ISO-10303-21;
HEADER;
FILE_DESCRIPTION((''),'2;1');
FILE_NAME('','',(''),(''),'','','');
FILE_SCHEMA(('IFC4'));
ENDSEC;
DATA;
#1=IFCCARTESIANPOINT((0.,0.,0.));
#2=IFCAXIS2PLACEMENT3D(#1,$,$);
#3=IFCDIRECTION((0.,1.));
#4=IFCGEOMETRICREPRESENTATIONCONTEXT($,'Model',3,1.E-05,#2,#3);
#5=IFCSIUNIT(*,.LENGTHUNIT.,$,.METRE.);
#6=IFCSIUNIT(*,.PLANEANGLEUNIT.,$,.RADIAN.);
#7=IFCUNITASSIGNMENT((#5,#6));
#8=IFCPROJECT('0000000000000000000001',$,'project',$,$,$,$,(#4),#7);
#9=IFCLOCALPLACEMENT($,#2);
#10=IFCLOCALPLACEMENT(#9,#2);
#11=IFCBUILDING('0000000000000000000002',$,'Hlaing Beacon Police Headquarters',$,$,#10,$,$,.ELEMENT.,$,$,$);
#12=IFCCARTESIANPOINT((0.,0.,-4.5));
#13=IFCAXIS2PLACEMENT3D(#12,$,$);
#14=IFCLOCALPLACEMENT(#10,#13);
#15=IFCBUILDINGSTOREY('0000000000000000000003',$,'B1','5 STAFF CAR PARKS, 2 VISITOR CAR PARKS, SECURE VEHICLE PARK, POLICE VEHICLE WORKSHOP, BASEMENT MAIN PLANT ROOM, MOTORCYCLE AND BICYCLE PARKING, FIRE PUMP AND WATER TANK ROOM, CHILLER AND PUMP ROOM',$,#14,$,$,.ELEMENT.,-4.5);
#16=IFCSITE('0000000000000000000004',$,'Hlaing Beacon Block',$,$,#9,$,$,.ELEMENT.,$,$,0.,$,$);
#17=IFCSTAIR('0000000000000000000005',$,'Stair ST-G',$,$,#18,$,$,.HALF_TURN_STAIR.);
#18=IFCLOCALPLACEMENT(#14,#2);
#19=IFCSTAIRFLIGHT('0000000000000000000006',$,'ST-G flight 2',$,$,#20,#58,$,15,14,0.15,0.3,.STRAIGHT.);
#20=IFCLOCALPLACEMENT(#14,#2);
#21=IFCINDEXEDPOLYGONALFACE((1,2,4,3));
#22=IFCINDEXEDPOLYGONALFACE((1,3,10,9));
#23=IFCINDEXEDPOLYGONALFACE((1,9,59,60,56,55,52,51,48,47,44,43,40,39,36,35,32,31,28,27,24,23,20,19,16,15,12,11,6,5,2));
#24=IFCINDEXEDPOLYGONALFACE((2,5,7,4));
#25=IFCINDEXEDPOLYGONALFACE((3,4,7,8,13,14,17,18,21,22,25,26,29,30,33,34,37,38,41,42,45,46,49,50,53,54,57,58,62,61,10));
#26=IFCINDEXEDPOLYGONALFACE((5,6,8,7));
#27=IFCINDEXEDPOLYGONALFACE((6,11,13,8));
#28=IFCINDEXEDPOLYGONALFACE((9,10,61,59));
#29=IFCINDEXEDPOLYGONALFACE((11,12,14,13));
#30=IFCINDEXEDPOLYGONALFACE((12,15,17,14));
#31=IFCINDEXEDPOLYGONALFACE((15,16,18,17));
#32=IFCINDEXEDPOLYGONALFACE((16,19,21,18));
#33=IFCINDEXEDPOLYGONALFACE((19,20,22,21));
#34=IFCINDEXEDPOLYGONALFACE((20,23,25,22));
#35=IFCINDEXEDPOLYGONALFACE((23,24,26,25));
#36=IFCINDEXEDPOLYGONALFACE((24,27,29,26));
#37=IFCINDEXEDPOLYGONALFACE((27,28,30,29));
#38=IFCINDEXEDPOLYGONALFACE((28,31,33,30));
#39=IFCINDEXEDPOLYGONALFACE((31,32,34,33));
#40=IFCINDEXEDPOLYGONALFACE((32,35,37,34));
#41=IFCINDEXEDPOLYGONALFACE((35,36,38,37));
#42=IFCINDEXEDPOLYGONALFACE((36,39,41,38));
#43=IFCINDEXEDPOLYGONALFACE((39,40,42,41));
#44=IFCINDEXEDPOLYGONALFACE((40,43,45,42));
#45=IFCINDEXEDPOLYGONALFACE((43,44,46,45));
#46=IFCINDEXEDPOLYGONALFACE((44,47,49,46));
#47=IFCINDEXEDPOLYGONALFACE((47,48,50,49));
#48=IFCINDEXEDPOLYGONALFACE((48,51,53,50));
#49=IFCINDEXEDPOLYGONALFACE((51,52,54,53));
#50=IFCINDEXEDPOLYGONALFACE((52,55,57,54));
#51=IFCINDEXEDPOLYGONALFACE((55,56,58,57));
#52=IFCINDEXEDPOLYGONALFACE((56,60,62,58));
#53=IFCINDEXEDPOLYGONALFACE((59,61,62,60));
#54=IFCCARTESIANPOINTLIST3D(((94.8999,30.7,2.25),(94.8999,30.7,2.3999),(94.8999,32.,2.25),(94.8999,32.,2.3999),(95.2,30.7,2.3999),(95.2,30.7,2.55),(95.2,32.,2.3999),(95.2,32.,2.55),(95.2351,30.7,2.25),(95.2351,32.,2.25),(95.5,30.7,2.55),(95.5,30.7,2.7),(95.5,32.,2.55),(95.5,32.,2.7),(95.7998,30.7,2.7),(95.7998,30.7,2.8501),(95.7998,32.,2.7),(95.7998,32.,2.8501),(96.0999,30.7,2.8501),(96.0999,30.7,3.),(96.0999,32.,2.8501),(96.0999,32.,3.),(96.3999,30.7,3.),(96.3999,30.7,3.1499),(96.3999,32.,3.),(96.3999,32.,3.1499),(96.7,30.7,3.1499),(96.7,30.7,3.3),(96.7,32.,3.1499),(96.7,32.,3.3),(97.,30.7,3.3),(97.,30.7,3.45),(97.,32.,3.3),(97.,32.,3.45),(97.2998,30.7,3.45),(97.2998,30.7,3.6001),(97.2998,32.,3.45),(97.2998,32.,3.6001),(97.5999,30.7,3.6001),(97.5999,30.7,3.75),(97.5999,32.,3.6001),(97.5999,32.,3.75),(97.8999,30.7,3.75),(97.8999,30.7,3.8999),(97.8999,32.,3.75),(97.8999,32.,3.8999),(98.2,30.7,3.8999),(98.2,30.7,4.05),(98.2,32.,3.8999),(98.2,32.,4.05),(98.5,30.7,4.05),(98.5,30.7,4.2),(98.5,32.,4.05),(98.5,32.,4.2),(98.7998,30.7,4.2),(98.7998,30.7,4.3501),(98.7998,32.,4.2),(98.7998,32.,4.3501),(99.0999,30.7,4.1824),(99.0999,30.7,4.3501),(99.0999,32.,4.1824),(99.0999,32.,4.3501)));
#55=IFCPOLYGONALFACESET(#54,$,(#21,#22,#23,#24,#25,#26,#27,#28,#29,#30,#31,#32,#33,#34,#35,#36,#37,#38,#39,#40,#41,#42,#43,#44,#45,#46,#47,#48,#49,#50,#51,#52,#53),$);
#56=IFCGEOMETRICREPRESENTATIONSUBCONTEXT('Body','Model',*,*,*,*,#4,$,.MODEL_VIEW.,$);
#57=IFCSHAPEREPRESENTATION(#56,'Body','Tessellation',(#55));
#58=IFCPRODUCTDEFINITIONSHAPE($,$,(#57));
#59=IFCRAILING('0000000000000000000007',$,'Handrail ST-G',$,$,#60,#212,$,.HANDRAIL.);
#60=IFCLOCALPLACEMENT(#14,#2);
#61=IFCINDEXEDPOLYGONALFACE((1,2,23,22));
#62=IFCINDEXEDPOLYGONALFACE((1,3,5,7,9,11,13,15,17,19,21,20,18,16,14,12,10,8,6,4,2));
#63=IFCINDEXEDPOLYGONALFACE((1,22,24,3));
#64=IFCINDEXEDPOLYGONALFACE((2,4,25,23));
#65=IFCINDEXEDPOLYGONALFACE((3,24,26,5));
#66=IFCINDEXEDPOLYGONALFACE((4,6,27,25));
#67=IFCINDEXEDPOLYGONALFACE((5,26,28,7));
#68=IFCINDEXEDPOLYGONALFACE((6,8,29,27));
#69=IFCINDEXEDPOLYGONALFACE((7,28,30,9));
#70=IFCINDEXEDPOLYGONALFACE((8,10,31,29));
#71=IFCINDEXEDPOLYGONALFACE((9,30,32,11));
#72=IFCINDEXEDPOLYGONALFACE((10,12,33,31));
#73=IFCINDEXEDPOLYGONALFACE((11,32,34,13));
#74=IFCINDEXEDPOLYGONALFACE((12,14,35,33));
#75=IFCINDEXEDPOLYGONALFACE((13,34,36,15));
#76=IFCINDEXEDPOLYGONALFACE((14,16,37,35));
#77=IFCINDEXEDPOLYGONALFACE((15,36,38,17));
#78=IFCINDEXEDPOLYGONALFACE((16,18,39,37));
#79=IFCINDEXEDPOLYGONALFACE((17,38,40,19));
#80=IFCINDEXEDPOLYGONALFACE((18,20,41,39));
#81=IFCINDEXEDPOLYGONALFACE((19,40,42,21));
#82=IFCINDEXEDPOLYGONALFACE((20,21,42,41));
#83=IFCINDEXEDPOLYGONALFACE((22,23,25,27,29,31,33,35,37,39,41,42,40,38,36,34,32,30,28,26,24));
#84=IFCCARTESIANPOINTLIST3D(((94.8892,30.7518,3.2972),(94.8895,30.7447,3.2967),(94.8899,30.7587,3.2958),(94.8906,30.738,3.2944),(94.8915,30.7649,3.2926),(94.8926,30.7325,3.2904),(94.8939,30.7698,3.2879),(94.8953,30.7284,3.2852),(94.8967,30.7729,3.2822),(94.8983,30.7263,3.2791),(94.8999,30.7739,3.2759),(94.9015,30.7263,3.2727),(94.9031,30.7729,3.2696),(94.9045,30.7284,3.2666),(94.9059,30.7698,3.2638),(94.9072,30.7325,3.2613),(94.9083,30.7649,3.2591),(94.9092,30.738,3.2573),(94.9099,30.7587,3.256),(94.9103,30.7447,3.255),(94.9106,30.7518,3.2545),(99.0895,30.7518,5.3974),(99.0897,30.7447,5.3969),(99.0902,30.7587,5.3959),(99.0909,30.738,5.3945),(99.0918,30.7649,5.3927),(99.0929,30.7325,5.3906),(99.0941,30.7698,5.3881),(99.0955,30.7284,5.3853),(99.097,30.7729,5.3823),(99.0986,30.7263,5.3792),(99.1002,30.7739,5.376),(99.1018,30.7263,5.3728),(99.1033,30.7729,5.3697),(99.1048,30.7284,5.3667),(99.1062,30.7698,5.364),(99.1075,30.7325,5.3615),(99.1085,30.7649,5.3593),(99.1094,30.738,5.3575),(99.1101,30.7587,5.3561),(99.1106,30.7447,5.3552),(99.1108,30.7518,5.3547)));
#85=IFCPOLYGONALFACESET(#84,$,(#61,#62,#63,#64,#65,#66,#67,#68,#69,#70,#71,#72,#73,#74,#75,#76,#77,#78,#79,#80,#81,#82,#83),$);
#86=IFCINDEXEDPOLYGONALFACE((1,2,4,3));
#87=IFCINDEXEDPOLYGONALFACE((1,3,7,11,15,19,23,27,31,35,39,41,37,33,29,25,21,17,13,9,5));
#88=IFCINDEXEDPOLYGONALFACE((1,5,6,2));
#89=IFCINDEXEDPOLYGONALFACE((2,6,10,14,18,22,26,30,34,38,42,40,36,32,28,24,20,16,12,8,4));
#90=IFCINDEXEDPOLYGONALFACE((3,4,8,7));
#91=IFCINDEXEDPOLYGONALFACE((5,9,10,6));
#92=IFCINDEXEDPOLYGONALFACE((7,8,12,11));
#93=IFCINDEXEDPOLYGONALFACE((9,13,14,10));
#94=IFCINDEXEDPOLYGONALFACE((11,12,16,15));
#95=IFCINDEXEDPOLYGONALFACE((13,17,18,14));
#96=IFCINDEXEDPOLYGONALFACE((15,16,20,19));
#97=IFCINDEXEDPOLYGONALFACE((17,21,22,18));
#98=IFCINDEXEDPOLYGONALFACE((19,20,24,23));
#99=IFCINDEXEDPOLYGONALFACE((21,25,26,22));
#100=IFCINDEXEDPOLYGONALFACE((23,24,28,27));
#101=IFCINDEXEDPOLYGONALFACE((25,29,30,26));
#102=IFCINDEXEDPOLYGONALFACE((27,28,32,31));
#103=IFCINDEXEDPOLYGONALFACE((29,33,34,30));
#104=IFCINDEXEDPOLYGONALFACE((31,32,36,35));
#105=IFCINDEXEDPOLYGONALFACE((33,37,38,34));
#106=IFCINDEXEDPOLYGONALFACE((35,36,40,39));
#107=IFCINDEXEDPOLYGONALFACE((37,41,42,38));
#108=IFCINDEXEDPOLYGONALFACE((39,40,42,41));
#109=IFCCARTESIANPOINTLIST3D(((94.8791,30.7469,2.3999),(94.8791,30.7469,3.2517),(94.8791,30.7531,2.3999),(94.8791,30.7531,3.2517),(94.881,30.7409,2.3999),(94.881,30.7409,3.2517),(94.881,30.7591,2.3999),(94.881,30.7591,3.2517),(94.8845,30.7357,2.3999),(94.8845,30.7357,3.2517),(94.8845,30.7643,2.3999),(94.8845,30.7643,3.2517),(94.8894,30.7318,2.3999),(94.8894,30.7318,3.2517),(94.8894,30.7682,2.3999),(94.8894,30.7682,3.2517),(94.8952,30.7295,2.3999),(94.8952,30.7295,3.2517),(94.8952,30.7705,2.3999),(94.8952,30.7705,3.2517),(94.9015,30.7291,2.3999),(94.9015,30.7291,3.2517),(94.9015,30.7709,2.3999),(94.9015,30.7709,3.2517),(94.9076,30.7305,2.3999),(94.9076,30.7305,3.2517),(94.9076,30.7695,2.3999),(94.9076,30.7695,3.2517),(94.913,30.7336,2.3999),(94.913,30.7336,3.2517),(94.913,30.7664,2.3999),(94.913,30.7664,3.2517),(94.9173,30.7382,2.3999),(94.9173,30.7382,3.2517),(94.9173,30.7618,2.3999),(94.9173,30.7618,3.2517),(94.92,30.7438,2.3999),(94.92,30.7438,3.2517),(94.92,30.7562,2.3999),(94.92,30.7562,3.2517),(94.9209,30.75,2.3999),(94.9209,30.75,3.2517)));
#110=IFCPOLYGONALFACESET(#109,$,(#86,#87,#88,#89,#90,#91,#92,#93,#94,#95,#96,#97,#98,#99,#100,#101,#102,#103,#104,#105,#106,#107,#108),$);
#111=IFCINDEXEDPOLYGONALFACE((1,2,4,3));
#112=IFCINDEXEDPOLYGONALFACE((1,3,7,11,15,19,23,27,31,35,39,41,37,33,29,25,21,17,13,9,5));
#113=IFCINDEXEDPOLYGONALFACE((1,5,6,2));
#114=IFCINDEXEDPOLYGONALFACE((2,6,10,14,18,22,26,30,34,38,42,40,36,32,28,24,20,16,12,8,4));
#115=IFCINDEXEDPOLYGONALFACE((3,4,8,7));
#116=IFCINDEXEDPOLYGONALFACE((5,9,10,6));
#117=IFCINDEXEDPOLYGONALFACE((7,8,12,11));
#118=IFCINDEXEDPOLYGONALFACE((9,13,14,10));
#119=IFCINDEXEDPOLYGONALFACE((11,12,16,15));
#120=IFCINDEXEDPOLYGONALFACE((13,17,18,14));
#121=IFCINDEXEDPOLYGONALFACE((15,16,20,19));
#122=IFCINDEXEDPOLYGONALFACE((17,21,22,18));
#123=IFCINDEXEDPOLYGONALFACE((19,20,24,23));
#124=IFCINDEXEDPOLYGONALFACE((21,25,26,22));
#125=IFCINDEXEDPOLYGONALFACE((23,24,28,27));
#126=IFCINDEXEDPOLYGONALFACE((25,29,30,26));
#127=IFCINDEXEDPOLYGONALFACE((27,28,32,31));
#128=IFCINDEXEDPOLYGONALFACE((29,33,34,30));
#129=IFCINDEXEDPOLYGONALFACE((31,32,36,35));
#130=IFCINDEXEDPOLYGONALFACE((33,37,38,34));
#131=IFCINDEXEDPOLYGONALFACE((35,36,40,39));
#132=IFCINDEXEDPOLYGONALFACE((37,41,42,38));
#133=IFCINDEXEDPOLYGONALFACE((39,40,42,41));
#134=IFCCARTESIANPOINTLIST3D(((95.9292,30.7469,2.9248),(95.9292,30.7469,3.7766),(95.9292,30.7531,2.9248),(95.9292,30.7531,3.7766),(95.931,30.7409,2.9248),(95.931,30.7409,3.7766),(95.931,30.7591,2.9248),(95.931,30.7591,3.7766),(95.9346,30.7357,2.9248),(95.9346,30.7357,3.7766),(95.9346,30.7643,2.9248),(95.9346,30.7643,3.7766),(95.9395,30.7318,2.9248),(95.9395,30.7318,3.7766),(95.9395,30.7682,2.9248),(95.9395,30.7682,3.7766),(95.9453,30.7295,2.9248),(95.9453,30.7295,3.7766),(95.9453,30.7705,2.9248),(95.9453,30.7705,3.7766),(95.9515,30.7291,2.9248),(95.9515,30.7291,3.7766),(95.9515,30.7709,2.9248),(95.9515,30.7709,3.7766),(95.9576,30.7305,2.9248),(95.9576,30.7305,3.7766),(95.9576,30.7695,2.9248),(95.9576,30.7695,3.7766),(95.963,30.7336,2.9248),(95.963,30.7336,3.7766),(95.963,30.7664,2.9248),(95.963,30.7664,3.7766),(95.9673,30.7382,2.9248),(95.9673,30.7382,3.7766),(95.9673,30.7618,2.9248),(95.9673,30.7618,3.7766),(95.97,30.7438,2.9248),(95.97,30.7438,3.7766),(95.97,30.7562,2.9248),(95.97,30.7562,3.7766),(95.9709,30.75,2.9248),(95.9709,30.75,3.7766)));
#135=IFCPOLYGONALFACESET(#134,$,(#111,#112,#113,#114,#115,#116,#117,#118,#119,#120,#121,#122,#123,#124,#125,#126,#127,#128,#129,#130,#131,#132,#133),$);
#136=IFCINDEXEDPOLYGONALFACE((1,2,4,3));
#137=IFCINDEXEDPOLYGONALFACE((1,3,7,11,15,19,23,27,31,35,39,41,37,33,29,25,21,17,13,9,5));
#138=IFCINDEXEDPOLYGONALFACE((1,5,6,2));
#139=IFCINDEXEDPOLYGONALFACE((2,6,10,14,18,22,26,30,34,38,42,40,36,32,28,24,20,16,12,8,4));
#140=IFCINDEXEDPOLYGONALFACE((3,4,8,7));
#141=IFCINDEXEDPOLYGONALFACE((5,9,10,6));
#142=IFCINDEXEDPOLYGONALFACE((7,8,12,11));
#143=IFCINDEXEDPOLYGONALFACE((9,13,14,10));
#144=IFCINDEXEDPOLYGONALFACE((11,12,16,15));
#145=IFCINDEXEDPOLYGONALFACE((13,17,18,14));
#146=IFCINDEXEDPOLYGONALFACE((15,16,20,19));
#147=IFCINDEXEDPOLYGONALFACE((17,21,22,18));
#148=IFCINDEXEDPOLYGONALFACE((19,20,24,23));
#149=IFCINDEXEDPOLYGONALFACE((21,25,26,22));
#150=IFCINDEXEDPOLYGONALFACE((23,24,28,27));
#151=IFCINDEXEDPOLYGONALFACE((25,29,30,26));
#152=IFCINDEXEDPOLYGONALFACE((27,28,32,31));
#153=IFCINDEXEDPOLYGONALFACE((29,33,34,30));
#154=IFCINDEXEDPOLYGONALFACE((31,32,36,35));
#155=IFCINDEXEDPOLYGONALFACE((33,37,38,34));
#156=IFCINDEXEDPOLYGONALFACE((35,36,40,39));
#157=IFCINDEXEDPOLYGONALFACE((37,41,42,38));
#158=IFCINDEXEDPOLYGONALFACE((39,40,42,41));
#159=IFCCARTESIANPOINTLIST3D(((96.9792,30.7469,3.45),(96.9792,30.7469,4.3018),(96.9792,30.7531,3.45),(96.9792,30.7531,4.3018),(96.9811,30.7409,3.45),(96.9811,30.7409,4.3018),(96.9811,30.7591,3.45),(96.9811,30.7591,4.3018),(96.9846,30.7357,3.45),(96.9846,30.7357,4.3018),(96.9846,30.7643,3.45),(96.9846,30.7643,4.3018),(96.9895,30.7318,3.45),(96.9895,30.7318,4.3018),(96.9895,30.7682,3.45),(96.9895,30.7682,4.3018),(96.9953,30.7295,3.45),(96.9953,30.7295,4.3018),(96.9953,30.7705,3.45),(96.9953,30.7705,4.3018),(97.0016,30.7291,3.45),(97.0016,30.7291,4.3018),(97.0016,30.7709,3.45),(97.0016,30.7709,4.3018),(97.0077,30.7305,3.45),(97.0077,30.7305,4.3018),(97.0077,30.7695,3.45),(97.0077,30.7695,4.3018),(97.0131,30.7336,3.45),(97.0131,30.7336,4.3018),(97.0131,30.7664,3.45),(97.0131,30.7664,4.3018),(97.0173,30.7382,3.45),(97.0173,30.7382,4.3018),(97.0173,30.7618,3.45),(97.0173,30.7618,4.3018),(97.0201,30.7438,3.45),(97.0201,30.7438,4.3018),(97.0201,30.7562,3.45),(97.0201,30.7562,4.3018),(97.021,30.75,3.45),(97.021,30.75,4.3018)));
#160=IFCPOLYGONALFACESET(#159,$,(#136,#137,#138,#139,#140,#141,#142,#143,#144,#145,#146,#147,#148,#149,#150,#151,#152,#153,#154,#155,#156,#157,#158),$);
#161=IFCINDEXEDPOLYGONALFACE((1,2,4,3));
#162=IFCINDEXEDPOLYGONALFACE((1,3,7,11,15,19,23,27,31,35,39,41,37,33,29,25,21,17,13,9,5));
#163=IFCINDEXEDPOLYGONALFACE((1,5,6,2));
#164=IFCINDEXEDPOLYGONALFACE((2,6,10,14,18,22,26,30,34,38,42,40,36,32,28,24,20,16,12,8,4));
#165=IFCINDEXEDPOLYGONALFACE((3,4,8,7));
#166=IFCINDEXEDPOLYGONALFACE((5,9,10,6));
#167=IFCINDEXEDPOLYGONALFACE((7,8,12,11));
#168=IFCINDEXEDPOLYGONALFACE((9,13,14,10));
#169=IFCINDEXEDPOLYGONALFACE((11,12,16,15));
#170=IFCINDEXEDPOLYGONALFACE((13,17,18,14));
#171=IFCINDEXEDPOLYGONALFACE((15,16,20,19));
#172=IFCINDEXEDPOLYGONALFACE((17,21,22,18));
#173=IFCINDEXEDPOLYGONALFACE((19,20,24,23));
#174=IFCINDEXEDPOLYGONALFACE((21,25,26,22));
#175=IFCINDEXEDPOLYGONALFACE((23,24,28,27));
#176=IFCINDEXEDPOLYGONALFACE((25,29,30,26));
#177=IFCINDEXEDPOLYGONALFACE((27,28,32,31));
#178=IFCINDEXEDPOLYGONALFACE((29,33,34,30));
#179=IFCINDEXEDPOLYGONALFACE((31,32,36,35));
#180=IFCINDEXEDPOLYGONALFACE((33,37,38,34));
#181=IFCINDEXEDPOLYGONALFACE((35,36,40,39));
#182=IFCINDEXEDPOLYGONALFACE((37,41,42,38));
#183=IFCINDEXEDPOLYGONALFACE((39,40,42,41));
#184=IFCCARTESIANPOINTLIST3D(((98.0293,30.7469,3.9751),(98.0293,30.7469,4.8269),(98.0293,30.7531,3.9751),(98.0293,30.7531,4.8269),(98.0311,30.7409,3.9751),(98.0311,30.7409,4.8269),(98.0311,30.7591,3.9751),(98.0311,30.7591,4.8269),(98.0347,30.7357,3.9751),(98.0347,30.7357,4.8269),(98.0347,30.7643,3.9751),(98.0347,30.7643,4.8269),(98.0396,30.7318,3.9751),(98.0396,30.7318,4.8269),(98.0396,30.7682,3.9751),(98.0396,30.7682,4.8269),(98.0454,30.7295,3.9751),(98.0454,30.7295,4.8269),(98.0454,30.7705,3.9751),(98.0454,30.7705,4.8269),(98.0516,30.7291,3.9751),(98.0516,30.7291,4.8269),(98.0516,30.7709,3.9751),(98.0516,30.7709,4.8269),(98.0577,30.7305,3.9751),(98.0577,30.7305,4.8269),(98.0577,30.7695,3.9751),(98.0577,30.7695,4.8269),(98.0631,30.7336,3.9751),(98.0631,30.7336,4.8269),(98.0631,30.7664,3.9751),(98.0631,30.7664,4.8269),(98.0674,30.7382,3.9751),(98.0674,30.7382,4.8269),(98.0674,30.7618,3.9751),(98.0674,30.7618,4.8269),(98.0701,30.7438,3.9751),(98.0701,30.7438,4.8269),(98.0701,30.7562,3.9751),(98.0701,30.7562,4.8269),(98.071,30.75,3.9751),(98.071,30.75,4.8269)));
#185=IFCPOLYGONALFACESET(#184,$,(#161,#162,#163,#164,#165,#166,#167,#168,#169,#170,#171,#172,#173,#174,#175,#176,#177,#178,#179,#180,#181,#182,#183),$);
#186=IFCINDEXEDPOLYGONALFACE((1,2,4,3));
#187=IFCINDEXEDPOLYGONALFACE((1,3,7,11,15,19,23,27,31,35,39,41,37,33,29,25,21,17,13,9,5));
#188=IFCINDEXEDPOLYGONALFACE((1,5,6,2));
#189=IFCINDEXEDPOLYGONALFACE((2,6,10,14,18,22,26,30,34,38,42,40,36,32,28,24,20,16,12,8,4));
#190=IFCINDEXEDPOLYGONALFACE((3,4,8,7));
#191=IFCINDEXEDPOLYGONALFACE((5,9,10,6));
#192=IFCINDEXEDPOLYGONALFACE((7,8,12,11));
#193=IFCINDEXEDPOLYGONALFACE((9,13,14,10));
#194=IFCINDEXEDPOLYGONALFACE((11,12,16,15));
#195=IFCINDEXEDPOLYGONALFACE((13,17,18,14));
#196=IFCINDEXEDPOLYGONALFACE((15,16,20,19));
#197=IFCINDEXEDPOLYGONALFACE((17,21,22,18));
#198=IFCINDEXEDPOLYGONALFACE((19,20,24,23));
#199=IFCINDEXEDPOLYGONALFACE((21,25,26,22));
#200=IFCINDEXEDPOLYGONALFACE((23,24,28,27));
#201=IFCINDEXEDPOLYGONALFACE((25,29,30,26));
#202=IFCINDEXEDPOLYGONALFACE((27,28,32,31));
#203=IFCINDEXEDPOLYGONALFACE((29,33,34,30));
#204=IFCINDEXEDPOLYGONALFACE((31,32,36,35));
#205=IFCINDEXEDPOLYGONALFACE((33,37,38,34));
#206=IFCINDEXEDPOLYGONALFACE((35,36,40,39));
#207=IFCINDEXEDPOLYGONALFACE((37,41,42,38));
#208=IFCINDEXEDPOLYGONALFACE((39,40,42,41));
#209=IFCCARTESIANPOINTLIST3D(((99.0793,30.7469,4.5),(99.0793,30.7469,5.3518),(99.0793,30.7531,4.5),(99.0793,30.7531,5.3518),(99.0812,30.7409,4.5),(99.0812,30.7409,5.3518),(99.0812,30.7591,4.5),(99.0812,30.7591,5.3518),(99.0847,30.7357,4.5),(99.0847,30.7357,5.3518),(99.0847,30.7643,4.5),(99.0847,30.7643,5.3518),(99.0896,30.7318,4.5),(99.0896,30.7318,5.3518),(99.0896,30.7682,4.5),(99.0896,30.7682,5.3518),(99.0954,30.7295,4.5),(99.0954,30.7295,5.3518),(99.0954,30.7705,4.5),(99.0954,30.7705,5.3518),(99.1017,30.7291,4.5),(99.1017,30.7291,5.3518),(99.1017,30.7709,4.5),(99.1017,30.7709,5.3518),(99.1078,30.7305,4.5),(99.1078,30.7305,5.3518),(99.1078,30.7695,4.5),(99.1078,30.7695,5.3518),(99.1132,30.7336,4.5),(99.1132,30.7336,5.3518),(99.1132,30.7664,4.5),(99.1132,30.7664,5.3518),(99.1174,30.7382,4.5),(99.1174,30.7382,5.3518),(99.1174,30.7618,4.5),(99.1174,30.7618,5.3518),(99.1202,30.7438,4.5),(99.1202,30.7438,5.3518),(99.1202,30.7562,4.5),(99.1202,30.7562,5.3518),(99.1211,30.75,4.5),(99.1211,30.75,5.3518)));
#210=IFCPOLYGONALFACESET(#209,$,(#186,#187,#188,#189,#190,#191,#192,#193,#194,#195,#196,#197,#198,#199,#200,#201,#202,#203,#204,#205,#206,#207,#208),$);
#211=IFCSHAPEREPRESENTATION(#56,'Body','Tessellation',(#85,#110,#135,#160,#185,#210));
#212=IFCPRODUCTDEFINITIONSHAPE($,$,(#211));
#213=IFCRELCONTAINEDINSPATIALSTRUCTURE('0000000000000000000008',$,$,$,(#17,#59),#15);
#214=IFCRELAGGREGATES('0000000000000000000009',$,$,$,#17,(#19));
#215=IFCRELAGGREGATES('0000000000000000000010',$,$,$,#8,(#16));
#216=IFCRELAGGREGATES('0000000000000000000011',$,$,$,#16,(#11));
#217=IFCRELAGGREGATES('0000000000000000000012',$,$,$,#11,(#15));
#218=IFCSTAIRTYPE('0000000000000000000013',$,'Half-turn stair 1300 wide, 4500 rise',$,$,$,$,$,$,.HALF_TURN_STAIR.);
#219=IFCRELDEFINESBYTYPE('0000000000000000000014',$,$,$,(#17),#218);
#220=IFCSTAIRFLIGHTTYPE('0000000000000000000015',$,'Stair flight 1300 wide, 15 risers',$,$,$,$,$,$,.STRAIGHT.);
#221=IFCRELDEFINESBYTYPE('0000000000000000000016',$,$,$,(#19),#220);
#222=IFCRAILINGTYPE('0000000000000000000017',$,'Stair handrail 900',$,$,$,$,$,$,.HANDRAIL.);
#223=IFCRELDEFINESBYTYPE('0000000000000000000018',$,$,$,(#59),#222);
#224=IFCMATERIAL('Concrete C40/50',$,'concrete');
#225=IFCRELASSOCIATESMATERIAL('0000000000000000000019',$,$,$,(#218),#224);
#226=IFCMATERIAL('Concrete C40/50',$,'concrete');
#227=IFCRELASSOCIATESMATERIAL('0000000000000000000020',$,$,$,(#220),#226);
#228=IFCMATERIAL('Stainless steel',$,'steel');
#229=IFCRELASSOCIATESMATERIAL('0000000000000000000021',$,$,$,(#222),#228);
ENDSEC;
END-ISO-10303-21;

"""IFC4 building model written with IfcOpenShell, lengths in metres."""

from ifc_helpers import new_model, si_unit, direction, frame, origin, origin_2d, place, context, subcontext, project, spatial, polyline, circle, outline, extrude, material, type_object, element, aggregate, save


model = new_model("IFC4")

# Units and contexts
model_context = context("Model", 3, precision=1e-05, world=origin(), true_north=direction((0.0, 1.0)))
body_context = subcontext(model_context, "Body", "Model", "MODEL_VIEW")
ifc_project = project(units=[si_unit("LENGTHUNIT", "METRE"), si_unit("PLANEANGLEUNIT", "RADIAN")], contexts=[model_context])

# Site, building, storey
site_placement = place(None, origin())
site = spatial("IfcSite", under=ifc_project, at=site_placement, Name="Hlaing Beacon Block", CompositionType="ELEMENT", RefElevation=0.0)
building_placement = place(site_placement, origin())
building = spatial("IfcBuilding", under=site, at=building_placement, Name="Hlaing Beacon Police Headquarters", CompositionType="ELEMENT")
storey_placement = place(building_placement, frame((0.0, 0.0, -4.5)))
storey = spatial("IfcBuildingStorey", under=building, at=storey_placement, Name="B1", Description="5 STAFF CAR PARKS, 2 VISITOR CAR PARKS, SECURE VEHICLE PARK, POLICE VEHICLE WORKSHOP, BASEMENT MAIN PLANT ROOM, MOTORCYCLE AND BICYCLE PARKING, FIRE PUMP AND WATER TANK ROOM, CHILLER AND PUMP ROOM", CompositionType="ELEMENT", Elevation=-4.5)

# Stair, stair flight
ifc_material_1 = material(Name="Concrete C40/50", Category="concrete")
stair_type = type_object("IfcStairType", Name="Half-turn stair 1300 wide, 4500 rise", PredefinedType="HALF_TURN_STAIR", material=ifc_material_1)
stair_placement = place(storey_placement, origin())
stair = element("IfcStair", 1, at=stair_placement, inside=storey, type_object=stair_type, Name="Stair ST-G", PredefinedType="HALF_TURN_STAIR")
ifc_material_2 = material(Name="Concrete C40/50", Category="concrete")
stair_flight_type = type_object("IfcStairFlightType", Name="Stair flight 1300 wide, 15 risers", PredefinedType="STRAIGHT", material=ifc_material_2)
stair_flight_placement = place(storey_placement, frame((94.8999, 31.3501, 2.25), z_axis=(0.0, 0.0, 1.0), x_axis=(1.0, 0.0, 0.0)))
stair_flight = element("IfcStairFlight", 2, at=stair_flight_placement, type_object=stair_flight_type, Name="ST-G flight 2", NumberOfRisers=15, NumberOfTreads=14, PredefinedType="STRAIGHT", RiserHeight=0.15, TreadLength=0.3, context=body_context, shape_type="SweptSolid", body=[
    extrude(outline(polyline([(0.0, 0.0), (0.0, 0.1499), (0.3, 0.1499), (0.3, 0.3), (0.6001, 0.3), (0.6001, 0.45), (0.8999, 0.45), (0.8999, 0.6001), (1.2, 0.6001), (1.2, 0.75), (1.5, 0.75), (1.5, 0.8999), (1.8, 0.8999), (1.8, 1.05), (2.1001, 1.05), (2.1001, 1.2), (2.3999, 1.2), (2.3999, 1.3501), (2.7, 1.3501), (2.7, 1.5), (3.0, 1.5), (3.0, 1.6499), (3.3, 1.6499), (3.3, 1.8), (3.6001, 1.8), (3.6001, 1.95), (3.8999, 1.95), (3.8999, 2.1001), (4.2, 2.1001), (4.2, 2.25), (4.2, 1.9324), (0.3352, 0.0), (0.0, 0.0)])), frame((0.0, 0.6499, 0.0), z_axis=(0.0, -1.0, 0.0), x_axis=(1.0, 0.0, 0.0)), (0.0, 0.0, 1.0), 1.3),
])
aggregate(stair, [stair_flight])

# Railing
ifc_material_3 = material(Name="Stainless steel", Category="steel")
railing_type = type_object("IfcRailingType", Name="Stair handrail 900", PredefinedType="HANDRAIL", material=ifc_material_3)
railing_placement = place(storey_placement, frame((94.8999, 30.75, 2.3999)))
element("IfcRailing", 3, at=railing_placement, inside=storey, type_object=railing_type, Name="Handrail ST-G", PredefinedType="HANDRAIL", context=body_context, shape_type="SweptSolid", body=[
    extrude(circle(Radius=0.0239, at=origin_2d()), frame((0.0, 0.0, 0.876), z_axis=(0.894427, 0.0, 0.447214), x_axis=(0.0, 1.0, 0.0)), (0.0, 0.0, 1.0), 4.696),
    extrude(circle(Radius=0.021, at=origin_2d()), origin(), (0.0, 0.0, 1.0), 0.8518),
    extrude(circle(Radius=0.021, at=origin_2d()), frame((1.05, 0.0, 0.5249)), (0.0, 0.0, 1.0), 0.8518),
    extrude(circle(Radius=0.021, at=origin_2d()), frame((2.1001, 0.0, 1.05)), (0.0, 0.0, 1.0), 0.8518),
    extrude(circle(Radius=0.021, at=origin_2d()), frame((3.1501, 0.0, 1.5752)), (0.0, 0.0, 1.0), 0.8518),
    extrude(circle(Radius=0.021, at=origin_2d()), frame((4.2002, 0.0, 2.1001)), (0.0, 0.0, 1.0), 0.8518),
])

save(model, "model.ifc")
